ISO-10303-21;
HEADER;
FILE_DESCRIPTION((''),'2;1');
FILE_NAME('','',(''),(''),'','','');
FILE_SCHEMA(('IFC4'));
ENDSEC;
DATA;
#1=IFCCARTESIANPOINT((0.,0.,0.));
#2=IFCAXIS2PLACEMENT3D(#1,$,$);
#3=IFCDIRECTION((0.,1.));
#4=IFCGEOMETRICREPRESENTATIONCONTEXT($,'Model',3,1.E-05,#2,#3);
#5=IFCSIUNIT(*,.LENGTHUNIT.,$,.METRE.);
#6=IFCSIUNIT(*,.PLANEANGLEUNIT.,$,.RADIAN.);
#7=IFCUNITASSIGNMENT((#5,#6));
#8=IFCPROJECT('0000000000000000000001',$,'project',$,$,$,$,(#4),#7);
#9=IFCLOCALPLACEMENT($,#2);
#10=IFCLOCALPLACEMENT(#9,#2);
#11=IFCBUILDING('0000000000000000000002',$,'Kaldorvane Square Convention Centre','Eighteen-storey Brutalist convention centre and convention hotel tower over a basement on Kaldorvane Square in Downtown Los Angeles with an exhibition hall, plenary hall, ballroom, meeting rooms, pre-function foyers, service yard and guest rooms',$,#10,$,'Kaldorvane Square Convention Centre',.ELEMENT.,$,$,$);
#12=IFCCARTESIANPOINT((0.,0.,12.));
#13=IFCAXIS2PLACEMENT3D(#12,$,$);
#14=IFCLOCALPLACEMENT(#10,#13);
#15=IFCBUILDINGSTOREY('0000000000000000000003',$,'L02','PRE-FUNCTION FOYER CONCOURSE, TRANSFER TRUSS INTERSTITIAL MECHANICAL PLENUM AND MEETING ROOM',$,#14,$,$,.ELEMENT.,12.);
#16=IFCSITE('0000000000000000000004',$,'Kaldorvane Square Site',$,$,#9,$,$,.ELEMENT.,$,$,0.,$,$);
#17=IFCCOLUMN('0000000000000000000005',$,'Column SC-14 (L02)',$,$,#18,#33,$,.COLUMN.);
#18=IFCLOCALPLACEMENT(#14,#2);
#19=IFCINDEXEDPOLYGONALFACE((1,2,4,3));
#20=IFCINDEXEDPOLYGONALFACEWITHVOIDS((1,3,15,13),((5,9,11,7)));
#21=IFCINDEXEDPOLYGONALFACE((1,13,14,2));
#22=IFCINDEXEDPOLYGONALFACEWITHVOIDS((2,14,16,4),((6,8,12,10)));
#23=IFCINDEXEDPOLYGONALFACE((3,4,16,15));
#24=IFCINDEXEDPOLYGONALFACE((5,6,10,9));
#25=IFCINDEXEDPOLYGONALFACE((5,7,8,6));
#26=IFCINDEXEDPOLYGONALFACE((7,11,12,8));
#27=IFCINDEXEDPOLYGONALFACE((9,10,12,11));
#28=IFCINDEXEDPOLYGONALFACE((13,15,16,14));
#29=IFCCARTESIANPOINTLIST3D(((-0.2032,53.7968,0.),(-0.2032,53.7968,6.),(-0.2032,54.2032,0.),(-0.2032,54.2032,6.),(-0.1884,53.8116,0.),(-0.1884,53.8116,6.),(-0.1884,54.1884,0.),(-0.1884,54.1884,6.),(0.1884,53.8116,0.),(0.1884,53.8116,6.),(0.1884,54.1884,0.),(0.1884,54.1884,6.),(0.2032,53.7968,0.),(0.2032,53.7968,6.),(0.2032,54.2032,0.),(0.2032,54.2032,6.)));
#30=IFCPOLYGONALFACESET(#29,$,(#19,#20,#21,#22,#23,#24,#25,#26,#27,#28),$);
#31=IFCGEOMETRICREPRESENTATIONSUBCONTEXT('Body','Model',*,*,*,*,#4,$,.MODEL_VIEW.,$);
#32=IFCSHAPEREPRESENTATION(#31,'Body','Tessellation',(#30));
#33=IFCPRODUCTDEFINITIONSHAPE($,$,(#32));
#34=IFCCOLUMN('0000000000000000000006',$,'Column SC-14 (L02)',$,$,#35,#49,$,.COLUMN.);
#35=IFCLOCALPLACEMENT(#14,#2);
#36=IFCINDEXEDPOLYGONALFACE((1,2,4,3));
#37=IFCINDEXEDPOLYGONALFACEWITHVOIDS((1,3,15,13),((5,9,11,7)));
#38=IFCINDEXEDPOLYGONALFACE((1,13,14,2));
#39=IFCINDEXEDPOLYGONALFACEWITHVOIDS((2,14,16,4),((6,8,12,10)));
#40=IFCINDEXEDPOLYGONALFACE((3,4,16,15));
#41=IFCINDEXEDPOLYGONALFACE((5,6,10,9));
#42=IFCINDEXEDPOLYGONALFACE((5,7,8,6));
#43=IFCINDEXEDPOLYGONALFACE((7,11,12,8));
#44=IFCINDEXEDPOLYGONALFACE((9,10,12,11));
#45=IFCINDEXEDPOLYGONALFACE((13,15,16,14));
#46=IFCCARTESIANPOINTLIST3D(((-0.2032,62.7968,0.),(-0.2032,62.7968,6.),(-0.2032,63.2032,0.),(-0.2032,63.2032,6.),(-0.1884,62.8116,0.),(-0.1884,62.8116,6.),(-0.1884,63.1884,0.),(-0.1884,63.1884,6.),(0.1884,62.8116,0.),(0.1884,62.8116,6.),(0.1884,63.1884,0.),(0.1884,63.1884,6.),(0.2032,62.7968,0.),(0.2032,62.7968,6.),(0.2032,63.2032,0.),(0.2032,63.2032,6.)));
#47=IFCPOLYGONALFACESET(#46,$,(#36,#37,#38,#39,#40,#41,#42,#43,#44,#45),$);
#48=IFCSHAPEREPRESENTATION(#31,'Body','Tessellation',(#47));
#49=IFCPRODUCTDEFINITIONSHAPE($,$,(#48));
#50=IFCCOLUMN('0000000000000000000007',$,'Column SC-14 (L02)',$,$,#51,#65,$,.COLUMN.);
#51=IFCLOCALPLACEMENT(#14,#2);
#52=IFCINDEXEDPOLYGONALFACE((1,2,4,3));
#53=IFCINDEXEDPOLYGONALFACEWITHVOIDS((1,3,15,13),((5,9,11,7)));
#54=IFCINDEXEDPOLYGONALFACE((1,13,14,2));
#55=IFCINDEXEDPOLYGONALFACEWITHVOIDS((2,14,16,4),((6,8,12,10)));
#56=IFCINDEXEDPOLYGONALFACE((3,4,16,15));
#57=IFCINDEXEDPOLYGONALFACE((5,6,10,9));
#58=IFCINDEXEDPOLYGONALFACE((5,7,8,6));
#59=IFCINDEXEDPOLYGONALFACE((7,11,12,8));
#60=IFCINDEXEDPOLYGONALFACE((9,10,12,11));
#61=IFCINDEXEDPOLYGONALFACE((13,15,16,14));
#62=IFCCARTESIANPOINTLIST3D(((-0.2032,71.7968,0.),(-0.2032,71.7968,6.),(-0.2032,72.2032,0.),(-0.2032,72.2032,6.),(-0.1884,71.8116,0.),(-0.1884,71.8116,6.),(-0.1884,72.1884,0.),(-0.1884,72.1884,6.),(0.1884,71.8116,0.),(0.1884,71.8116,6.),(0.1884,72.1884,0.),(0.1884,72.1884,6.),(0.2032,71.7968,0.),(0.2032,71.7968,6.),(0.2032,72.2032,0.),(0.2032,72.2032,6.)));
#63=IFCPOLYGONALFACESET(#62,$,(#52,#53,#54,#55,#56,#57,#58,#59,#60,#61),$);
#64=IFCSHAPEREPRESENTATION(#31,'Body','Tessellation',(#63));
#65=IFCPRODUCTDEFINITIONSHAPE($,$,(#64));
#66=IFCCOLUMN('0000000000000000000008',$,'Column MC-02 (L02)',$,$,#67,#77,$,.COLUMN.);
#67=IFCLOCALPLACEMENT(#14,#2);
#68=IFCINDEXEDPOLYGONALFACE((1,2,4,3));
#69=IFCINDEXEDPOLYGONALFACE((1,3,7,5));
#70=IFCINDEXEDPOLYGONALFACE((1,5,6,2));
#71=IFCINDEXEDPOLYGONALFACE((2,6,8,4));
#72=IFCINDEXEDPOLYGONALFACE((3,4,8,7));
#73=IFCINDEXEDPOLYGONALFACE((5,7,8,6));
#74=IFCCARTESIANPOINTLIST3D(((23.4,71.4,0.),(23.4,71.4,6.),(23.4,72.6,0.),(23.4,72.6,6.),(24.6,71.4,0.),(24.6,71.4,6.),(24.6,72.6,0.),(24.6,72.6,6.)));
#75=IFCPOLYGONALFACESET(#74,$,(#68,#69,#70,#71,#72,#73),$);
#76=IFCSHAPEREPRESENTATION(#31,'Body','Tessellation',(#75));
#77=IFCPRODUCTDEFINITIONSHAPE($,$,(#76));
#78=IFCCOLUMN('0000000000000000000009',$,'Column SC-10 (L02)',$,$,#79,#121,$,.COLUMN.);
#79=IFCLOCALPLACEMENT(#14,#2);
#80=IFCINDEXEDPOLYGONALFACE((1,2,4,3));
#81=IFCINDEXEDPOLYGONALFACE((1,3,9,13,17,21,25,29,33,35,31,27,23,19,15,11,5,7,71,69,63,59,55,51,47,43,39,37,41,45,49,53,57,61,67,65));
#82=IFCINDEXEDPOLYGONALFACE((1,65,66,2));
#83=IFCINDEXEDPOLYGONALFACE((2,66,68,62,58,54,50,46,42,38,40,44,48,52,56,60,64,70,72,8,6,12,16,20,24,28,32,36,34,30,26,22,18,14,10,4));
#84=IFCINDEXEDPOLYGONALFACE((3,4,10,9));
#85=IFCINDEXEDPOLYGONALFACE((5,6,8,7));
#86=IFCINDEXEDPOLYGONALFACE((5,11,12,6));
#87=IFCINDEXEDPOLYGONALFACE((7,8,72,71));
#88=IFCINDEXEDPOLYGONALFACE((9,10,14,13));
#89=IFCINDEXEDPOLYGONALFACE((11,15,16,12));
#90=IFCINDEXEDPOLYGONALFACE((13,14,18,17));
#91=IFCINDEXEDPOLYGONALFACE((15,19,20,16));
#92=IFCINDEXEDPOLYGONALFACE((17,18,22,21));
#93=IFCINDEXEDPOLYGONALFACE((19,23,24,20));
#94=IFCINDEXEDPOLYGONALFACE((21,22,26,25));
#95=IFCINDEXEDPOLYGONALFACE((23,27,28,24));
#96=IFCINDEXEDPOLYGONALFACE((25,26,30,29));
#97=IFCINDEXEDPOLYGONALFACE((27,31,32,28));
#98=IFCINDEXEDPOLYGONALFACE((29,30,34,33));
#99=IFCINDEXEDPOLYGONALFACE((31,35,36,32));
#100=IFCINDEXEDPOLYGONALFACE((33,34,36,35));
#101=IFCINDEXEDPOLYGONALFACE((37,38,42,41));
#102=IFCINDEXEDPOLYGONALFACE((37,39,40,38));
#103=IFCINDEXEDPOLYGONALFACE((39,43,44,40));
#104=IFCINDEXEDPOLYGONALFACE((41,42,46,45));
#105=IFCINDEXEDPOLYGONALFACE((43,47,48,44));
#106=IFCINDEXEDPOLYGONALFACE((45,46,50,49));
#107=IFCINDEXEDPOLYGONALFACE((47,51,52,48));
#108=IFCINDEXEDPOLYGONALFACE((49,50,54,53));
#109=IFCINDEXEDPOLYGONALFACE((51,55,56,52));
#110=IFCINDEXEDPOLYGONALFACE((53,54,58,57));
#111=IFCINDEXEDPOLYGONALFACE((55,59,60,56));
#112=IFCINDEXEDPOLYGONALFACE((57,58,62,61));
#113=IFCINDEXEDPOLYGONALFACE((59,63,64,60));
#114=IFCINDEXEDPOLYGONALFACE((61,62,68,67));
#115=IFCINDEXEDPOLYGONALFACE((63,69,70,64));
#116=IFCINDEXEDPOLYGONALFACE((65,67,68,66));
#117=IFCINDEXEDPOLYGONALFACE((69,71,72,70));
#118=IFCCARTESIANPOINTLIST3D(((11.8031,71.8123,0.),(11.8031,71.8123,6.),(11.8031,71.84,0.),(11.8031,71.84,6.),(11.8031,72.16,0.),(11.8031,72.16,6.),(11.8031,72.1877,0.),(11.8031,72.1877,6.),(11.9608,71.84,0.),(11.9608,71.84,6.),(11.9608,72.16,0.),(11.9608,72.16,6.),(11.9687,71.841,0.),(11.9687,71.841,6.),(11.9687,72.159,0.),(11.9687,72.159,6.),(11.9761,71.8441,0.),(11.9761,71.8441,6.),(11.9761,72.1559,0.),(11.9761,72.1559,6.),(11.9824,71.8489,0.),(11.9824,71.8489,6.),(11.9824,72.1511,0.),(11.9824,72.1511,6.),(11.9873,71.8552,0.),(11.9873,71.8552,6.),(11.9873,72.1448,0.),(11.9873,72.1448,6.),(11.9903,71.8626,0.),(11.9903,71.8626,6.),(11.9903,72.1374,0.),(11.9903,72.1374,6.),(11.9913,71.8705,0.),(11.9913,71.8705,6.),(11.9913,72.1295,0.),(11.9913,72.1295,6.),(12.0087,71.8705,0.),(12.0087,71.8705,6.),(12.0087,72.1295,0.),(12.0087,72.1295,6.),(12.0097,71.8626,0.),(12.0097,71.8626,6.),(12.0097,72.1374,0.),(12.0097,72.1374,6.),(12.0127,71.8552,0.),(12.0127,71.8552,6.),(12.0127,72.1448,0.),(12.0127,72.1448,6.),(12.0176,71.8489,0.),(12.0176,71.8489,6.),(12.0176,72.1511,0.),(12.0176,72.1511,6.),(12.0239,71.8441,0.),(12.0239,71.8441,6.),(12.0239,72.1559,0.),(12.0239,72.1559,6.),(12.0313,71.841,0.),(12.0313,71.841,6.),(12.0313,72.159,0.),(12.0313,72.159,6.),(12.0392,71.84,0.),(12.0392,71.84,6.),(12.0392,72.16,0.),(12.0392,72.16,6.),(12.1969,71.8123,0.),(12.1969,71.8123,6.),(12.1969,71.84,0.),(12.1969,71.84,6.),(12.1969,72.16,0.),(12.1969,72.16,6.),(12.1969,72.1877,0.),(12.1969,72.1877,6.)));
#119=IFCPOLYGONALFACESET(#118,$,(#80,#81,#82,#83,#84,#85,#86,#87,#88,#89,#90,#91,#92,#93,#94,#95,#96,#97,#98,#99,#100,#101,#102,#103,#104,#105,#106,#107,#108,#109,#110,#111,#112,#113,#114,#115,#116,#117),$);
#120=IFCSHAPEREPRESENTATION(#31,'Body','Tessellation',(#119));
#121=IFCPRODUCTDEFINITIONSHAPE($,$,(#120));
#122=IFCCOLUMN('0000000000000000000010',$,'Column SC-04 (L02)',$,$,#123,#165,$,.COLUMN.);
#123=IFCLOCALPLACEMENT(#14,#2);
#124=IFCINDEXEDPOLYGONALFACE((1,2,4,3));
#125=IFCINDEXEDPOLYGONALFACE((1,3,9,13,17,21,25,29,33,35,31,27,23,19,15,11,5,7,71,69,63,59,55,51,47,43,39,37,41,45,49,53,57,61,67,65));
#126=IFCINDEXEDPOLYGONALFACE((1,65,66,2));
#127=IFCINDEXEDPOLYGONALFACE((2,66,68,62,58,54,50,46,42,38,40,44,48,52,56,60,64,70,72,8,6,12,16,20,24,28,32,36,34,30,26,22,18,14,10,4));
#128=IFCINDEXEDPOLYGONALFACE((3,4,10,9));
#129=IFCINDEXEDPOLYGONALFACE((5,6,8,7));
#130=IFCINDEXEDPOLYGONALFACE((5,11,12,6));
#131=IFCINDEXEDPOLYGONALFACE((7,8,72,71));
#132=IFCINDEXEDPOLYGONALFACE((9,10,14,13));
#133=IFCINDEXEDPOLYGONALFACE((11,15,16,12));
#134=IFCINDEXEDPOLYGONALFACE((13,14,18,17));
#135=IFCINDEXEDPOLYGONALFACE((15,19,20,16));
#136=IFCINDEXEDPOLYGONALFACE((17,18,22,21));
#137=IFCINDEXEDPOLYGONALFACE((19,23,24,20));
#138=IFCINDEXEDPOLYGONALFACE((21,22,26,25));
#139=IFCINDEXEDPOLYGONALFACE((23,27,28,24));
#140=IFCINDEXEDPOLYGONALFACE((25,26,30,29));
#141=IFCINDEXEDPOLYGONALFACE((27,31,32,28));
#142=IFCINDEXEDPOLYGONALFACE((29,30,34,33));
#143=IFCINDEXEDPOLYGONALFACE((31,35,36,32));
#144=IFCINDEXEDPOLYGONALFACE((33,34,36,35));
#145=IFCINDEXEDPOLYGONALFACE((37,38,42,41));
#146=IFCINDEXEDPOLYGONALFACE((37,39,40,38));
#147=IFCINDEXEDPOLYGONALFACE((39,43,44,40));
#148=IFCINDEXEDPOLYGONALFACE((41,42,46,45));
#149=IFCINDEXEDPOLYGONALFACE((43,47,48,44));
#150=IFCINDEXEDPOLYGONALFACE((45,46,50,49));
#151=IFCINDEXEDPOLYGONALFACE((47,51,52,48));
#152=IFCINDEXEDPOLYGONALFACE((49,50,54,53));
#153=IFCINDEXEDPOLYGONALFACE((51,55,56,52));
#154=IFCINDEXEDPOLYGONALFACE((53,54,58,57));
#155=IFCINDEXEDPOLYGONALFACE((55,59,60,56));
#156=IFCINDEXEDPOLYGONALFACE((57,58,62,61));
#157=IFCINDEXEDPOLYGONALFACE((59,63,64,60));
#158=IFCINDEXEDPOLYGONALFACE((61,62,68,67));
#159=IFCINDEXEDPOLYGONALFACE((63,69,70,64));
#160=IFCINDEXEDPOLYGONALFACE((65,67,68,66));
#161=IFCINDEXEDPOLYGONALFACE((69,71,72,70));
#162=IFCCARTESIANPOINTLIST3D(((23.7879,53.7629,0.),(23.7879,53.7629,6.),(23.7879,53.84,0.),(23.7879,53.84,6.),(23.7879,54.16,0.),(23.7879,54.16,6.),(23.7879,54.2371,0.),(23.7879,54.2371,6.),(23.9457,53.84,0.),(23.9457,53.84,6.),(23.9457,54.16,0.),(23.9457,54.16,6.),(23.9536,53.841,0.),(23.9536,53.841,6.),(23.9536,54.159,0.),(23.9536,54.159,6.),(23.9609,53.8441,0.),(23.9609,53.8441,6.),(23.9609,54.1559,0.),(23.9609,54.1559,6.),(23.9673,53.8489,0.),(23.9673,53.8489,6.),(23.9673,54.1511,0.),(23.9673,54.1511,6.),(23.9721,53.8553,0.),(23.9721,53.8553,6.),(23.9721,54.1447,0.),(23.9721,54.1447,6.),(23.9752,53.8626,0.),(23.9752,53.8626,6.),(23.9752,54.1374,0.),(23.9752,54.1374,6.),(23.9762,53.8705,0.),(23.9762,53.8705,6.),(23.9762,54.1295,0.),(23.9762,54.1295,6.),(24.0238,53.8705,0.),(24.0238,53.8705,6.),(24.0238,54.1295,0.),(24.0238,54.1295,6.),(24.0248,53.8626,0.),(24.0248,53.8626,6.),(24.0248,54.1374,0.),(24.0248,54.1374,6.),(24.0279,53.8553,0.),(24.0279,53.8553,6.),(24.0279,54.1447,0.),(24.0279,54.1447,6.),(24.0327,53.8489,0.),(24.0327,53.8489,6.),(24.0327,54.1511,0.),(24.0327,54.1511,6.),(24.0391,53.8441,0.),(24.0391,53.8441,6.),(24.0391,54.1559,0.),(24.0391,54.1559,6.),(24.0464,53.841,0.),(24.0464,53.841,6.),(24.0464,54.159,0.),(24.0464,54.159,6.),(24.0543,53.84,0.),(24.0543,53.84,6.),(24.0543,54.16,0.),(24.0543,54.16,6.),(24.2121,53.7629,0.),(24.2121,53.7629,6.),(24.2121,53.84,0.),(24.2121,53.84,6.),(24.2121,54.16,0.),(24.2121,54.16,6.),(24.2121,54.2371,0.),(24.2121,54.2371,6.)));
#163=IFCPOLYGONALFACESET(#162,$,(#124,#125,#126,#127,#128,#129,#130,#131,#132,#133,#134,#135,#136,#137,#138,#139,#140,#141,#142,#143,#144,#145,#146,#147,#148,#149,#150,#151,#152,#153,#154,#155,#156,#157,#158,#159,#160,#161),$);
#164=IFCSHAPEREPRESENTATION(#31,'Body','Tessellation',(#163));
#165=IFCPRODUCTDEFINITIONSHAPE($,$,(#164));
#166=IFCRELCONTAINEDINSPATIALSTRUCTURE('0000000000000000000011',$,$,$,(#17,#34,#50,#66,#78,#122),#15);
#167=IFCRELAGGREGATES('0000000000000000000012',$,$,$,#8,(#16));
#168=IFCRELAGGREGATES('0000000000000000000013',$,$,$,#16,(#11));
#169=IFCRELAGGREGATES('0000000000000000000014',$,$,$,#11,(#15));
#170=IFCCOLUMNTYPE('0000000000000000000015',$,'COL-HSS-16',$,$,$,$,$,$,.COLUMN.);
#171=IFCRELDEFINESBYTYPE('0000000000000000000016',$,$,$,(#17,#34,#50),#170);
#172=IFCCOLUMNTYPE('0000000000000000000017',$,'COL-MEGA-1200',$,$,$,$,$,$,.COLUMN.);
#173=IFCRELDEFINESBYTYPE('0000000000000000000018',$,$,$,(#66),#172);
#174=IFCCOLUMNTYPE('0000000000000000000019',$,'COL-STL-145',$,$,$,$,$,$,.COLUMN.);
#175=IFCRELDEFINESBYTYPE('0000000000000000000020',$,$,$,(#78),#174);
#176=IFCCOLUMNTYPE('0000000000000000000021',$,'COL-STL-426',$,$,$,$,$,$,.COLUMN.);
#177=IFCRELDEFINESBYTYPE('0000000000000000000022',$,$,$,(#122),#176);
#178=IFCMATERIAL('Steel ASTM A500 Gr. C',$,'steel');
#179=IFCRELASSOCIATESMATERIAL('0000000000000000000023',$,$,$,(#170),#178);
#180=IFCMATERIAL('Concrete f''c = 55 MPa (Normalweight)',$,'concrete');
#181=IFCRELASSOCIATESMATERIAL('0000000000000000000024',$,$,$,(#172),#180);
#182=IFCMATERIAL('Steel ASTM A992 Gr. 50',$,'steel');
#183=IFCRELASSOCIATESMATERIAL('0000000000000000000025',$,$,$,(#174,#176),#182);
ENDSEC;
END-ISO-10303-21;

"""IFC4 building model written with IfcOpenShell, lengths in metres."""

from ifc_helpers import new_model, si_unit, direction, frame, origin, origin_2d, place, context, subcontext, project, spatial, rectangle, hollow_rectangle, i_section, extrude, material, material_profile, profile_set, type_object, element, save


model = new_model("IFC4")

# Units and contexts
model_context = context("Model", 3, precision=1e-05, world=origin(), true_north=direction((0.0, 1.0)))
body_context = subcontext(model_context, "Body", "Model", "MODEL_VIEW")
ifc_project = project(units=[si_unit("LENGTHUNIT", "METRE"), si_unit("PLANEANGLEUNIT", "RADIAN")], contexts=[model_context])

# Site, building, storey
site_placement = place(None, origin())
site = spatial("IfcSite", under=ifc_project, at=site_placement, Name="Kaldorvane Square Site", CompositionType="ELEMENT", RefElevation=0.0)
building_placement = place(site_placement, origin())
building = spatial("IfcBuilding", under=site, at=building_placement, Name="Kaldorvane Square Convention Centre", Description="Eighteen-storey Brutalist convention centre and convention hotel tower over a basement on Kaldorvane Square in Downtown Los Angeles with an exhibition hall, plenary hall, ballroom, meeting rooms, pre-function foyers, service yard and guest rooms", LongName="Kaldorvane Square Convention Centre", CompositionType="ELEMENT")
storey_placement = place(building_placement, frame((0.0, 0.0, 12.0)))
storey = spatial("IfcBuildingStorey", under=building, at=storey_placement, Name="L02", Description="PRE-FUNCTION FOYER CONCOURSE, TRANSFER TRUSS INTERSTITIAL MECHANICAL PLENUM AND MEETING ROOM", CompositionType="ELEMENT", Elevation=12.0)

# Columns
ifc_material_1 = material(Name="Steel ASTM A500 Gr. C", Category="steel")
ifc_material_profile_1 = material_profile(ifc_material_1, hollow_rectangle(XDim=0.4064, YDim=0.4064, WallThickness=0.0148, at=origin_2d()), Name="HSS16X16X5/8")
ifc_profile_set_1 = profile_set([ifc_material_profile_1], Name="Steel ASTM A500 Gr. C")
column_type_1 = type_object("IfcColumnType", Name="COL-HSS-16", PredefinedType="COLUMN", material=ifc_profile_set_1)
for number, where, z_axis, x_axis, name in (
    (1, (0.0, 54.0, 0.0), (0.0, 0.0, 1.0), (1.0, 0.0, 0.0), "Column SC-14 (L02)"),
    (2, (0.0, 63.0, 0.0), (0.0, 0.0, 1.0), (1.0, 0.0, 0.0), "Column SC-14 (L02)"),
    (3, (0.0, 72.0, 0.0), (0.0, 0.0, 1.0), (1.0, 0.0, 0.0), "Column SC-14 (L02)"),
):
    element("IfcColumn", number, at=place(storey_placement, frame(where, z_axis=z_axis, x_axis=x_axis)), inside=storey, type_object=column_type_1, Name=name, PredefinedType="COLUMN", context=body_context, shape_type="SweptSolid", body=[
        extrude(hollow_rectangle(XDim=0.4064, YDim=0.4064, WallThickness=0.0148, at=origin_2d()), origin(), (0.0, 0.0, 1.0), 6.0),
    ])
ifc_material_2 = material(Name="Concrete f'c = 55 MPa (Normalweight)", Category="concrete")
ifc_material_profile_2 = material_profile(ifc_material_2, rectangle(XDim=1.2, YDim=1.2, at=origin_2d()), Name="RC1200X1200")
ifc_profile_set_2 = profile_set([ifc_material_profile_2], Name="Concrete f'c = 55 MPa (Normalweight)")
column_type_2 = type_object("IfcColumnType", Name="COL-MEGA-1200", PredefinedType="COLUMN", material=ifc_profile_set_2)
column_1_placement = place(storey_placement, frame((24.0, 72.0, 0.0), z_axis=(0.0, 0.0, 1.0), x_axis=(1.0, 0.0, 0.0)))
element("IfcColumn", 4, at=column_1_placement, inside=storey, type_object=column_type_2, Name="Column MC-02 (L02)", PredefinedType="COLUMN", context=body_context, shape_type="SweptSolid", body=[
    extrude(rectangle(XDim=1.2, YDim=1.2, at=origin_2d()), origin(), (0.0, 0.0, 1.0), 6.0),
])
ifc_material_3 = material(Name="Steel ASTM A992 Gr. 50", Category="steel")
ifc_material_profile_3 = material_profile(ifc_material_3, i_section(OverallWidth=0.3937, OverallDepth=0.3754, WebThickness=0.0173, FlangeThickness=0.0277, FilletRadius=0.0305, at=origin_2d()), Name="W14X145")
ifc_profile_set_3 = profile_set([ifc_material_profile_3], Name="Steel ASTM A992 Gr. 50")
column_type_3 = type_object("IfcColumnType", Name="COL-STL-145", PredefinedType="COLUMN", material=ifc_profile_set_3)
column_2_placement = place(storey_placement, frame((12.0, 72.0, 0.0), z_axis=(0.0, 0.0, 1.0), x_axis=(1.0, 0.0, 0.0)))
element("IfcColumn", 5, at=column_2_placement, inside=storey, type_object=column_type_3, Name="Column SC-10 (L02)", PredefinedType="COLUMN", context=body_context, shape_type="SweptSolid", body=[
    extrude(i_section(OverallWidth=0.3937, OverallDepth=0.3754, WebThickness=0.0173, FlangeThickness=0.0277, FilletRadius=0.0305, at=origin_2d()), origin(), (0.0, 0.0, 1.0), 6.0),
])
ifc_material_profile_4 = material_profile(ifc_material_3, i_section(OverallWidth=0.4241, OverallDepth=0.4742, WebThickness=0.0476, FlangeThickness=0.0771, FilletRadius=0.0305, at=origin_2d()), Name="W14X426")
ifc_profile_set_4 = profile_set([ifc_material_profile_4], Name="Steel ASTM A992 Gr. 50")
column_type_4 = type_object("IfcColumnType", Name="COL-STL-426", PredefinedType="COLUMN", material=ifc_profile_set_4)
for number, where, z_axis, x_axis, name in (
    (6, (24.0, 54.0, 0.0), (0.0, 0.0, 1.0), (1.0, 0.0, 0.0), "Column SC-04 (L02)"),
):
    element("IfcColumn", number, at=place(storey_placement, frame(where, z_axis=z_axis, x_axis=x_axis)), inside=storey, type_object=column_type_4, Name=name, PredefinedType="COLUMN", context=body_context, shape_type="SweptSolid", body=[
        extrude(i_section(OverallWidth=0.4241, OverallDepth=0.4742, WebThickness=0.0476, FlangeThickness=0.0771, FilletRadius=0.0305, at=origin_2d()), origin(), (0.0, 0.0, 1.0), 6.0),
    ])

save(model, "model.ifc")
